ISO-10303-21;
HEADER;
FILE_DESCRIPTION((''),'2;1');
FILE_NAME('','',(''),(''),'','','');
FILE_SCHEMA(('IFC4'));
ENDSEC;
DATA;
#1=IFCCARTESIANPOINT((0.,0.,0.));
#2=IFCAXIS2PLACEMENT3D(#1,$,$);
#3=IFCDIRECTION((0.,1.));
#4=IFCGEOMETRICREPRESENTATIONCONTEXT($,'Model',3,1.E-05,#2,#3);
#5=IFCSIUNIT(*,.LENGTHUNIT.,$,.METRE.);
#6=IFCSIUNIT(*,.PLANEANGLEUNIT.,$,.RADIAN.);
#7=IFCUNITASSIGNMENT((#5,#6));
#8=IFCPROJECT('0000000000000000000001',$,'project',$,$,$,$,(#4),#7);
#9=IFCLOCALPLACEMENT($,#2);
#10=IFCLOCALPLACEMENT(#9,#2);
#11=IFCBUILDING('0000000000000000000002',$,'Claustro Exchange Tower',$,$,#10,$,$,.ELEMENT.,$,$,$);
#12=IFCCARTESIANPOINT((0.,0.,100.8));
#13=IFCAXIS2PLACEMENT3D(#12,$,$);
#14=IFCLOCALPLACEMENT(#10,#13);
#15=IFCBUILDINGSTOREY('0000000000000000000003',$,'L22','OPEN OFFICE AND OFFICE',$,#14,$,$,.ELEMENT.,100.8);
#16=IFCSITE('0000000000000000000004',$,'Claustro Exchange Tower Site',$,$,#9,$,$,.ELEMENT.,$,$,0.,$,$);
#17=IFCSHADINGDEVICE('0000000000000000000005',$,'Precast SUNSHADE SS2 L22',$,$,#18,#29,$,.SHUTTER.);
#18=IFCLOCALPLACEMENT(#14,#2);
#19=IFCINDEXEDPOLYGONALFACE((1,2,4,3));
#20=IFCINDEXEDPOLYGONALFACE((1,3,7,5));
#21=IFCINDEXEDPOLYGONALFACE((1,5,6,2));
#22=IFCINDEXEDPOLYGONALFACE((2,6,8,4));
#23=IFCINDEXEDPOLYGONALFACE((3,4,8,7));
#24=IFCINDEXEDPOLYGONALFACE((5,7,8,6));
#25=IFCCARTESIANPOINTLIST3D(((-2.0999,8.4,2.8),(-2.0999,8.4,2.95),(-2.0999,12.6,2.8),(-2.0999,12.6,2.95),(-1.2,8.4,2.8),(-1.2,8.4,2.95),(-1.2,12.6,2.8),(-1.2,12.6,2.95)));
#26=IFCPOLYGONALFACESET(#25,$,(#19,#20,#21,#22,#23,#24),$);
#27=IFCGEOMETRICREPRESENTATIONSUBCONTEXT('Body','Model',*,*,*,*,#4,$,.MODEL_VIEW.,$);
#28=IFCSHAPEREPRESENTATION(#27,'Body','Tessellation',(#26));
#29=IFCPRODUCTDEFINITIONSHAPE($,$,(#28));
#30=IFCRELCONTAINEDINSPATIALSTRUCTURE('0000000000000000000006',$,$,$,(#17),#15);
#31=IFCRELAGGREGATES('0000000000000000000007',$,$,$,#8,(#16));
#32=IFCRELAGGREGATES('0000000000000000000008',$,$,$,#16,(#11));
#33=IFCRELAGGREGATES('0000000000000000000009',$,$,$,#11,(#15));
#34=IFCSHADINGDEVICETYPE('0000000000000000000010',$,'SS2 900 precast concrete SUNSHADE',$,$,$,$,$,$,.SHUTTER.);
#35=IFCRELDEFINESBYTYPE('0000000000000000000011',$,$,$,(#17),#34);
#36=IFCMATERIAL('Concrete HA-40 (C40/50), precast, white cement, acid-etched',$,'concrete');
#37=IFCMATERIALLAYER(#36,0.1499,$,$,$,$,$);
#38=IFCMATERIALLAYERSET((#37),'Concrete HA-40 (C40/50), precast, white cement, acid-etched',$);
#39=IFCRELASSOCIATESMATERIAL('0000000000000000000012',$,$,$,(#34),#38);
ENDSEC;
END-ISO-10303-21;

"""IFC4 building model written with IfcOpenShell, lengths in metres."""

from ifc_helpers import new_model, si_unit, direction, frame, origin, origin_2d, place, context, subcontext, project, spatial, rectangle, extrude, material, layer, layer_set, type_object, element, save


model = new_model("IFC4")

# Units and contexts
model_context = context("Model", 3, precision=1e-05, world=origin(), true_north=direction((0.0, 1.0)))
body_context = subcontext(model_context, "Body", "Model", "MODEL_VIEW")
ifc_project = project(units=[si_unit("LENGTHUNIT", "METRE"), si_unit("PLANEANGLEUNIT", "RADIAN")], contexts=[model_context])

# Site, building, storey
site_placement = place(None, origin())
site = spatial("IfcSite", under=ifc_project, at=site_placement, Name="Claustro Exchange Tower Site", CompositionType="ELEMENT", RefElevation=0.0)
building_placement = place(site_placement, origin())
building = spatial("IfcBuilding", under=site, at=building_placement, Name="Claustro Exchange Tower", CompositionType="ELEMENT")
storey_placement = place(building_placement, frame((0.0, 0.0, 100.8)))
storey = spatial("IfcBuildingStorey", under=building, at=storey_placement, Name="L22", Description="OPEN OFFICE AND OFFICE", CompositionType="ELEMENT", Elevation=100.8)

# Shading device
ifc_material_1 = material(Name="Concrete HA-40 (C40/50), precast, white cement, acid-etched", Category="concrete")
ifc_layer_1 = layer(ifc_material_1, 0.1499)
ifc_layer_set_1 = layer_set([ifc_layer_1], Name="Concrete HA-40 (C40/50), precast, white cement, acid-etched")
shading_device_type = type_object("IfcShadingDeviceType", Name="SS2 900 precast concrete SUNSHADE", PredefinedType="SHUTTER", material=ifc_layer_set_1)
shading_device_1_placement = place(storey_placement, frame((-1.6499, 10.5, 2.8), z_axis=(0.0, 0.0, 1.0), x_axis=(0.0, 1.0, 0.0)))
element("IfcShadingDevice", 1, at=shading_device_1_placement, inside=storey, type_object=shading_device_type, Name="Precast SUNSHADE SS2 L22", PredefinedType="SHUTTER", context=body_context, shape_type="SweptSolid", body=[
    extrude(rectangle(XDim=4.2, YDim=0.8999, at=origin_2d()), origin(), (0.0, 0.0, 1.0), 0.1499),
])

save(model, "model.ifc")
